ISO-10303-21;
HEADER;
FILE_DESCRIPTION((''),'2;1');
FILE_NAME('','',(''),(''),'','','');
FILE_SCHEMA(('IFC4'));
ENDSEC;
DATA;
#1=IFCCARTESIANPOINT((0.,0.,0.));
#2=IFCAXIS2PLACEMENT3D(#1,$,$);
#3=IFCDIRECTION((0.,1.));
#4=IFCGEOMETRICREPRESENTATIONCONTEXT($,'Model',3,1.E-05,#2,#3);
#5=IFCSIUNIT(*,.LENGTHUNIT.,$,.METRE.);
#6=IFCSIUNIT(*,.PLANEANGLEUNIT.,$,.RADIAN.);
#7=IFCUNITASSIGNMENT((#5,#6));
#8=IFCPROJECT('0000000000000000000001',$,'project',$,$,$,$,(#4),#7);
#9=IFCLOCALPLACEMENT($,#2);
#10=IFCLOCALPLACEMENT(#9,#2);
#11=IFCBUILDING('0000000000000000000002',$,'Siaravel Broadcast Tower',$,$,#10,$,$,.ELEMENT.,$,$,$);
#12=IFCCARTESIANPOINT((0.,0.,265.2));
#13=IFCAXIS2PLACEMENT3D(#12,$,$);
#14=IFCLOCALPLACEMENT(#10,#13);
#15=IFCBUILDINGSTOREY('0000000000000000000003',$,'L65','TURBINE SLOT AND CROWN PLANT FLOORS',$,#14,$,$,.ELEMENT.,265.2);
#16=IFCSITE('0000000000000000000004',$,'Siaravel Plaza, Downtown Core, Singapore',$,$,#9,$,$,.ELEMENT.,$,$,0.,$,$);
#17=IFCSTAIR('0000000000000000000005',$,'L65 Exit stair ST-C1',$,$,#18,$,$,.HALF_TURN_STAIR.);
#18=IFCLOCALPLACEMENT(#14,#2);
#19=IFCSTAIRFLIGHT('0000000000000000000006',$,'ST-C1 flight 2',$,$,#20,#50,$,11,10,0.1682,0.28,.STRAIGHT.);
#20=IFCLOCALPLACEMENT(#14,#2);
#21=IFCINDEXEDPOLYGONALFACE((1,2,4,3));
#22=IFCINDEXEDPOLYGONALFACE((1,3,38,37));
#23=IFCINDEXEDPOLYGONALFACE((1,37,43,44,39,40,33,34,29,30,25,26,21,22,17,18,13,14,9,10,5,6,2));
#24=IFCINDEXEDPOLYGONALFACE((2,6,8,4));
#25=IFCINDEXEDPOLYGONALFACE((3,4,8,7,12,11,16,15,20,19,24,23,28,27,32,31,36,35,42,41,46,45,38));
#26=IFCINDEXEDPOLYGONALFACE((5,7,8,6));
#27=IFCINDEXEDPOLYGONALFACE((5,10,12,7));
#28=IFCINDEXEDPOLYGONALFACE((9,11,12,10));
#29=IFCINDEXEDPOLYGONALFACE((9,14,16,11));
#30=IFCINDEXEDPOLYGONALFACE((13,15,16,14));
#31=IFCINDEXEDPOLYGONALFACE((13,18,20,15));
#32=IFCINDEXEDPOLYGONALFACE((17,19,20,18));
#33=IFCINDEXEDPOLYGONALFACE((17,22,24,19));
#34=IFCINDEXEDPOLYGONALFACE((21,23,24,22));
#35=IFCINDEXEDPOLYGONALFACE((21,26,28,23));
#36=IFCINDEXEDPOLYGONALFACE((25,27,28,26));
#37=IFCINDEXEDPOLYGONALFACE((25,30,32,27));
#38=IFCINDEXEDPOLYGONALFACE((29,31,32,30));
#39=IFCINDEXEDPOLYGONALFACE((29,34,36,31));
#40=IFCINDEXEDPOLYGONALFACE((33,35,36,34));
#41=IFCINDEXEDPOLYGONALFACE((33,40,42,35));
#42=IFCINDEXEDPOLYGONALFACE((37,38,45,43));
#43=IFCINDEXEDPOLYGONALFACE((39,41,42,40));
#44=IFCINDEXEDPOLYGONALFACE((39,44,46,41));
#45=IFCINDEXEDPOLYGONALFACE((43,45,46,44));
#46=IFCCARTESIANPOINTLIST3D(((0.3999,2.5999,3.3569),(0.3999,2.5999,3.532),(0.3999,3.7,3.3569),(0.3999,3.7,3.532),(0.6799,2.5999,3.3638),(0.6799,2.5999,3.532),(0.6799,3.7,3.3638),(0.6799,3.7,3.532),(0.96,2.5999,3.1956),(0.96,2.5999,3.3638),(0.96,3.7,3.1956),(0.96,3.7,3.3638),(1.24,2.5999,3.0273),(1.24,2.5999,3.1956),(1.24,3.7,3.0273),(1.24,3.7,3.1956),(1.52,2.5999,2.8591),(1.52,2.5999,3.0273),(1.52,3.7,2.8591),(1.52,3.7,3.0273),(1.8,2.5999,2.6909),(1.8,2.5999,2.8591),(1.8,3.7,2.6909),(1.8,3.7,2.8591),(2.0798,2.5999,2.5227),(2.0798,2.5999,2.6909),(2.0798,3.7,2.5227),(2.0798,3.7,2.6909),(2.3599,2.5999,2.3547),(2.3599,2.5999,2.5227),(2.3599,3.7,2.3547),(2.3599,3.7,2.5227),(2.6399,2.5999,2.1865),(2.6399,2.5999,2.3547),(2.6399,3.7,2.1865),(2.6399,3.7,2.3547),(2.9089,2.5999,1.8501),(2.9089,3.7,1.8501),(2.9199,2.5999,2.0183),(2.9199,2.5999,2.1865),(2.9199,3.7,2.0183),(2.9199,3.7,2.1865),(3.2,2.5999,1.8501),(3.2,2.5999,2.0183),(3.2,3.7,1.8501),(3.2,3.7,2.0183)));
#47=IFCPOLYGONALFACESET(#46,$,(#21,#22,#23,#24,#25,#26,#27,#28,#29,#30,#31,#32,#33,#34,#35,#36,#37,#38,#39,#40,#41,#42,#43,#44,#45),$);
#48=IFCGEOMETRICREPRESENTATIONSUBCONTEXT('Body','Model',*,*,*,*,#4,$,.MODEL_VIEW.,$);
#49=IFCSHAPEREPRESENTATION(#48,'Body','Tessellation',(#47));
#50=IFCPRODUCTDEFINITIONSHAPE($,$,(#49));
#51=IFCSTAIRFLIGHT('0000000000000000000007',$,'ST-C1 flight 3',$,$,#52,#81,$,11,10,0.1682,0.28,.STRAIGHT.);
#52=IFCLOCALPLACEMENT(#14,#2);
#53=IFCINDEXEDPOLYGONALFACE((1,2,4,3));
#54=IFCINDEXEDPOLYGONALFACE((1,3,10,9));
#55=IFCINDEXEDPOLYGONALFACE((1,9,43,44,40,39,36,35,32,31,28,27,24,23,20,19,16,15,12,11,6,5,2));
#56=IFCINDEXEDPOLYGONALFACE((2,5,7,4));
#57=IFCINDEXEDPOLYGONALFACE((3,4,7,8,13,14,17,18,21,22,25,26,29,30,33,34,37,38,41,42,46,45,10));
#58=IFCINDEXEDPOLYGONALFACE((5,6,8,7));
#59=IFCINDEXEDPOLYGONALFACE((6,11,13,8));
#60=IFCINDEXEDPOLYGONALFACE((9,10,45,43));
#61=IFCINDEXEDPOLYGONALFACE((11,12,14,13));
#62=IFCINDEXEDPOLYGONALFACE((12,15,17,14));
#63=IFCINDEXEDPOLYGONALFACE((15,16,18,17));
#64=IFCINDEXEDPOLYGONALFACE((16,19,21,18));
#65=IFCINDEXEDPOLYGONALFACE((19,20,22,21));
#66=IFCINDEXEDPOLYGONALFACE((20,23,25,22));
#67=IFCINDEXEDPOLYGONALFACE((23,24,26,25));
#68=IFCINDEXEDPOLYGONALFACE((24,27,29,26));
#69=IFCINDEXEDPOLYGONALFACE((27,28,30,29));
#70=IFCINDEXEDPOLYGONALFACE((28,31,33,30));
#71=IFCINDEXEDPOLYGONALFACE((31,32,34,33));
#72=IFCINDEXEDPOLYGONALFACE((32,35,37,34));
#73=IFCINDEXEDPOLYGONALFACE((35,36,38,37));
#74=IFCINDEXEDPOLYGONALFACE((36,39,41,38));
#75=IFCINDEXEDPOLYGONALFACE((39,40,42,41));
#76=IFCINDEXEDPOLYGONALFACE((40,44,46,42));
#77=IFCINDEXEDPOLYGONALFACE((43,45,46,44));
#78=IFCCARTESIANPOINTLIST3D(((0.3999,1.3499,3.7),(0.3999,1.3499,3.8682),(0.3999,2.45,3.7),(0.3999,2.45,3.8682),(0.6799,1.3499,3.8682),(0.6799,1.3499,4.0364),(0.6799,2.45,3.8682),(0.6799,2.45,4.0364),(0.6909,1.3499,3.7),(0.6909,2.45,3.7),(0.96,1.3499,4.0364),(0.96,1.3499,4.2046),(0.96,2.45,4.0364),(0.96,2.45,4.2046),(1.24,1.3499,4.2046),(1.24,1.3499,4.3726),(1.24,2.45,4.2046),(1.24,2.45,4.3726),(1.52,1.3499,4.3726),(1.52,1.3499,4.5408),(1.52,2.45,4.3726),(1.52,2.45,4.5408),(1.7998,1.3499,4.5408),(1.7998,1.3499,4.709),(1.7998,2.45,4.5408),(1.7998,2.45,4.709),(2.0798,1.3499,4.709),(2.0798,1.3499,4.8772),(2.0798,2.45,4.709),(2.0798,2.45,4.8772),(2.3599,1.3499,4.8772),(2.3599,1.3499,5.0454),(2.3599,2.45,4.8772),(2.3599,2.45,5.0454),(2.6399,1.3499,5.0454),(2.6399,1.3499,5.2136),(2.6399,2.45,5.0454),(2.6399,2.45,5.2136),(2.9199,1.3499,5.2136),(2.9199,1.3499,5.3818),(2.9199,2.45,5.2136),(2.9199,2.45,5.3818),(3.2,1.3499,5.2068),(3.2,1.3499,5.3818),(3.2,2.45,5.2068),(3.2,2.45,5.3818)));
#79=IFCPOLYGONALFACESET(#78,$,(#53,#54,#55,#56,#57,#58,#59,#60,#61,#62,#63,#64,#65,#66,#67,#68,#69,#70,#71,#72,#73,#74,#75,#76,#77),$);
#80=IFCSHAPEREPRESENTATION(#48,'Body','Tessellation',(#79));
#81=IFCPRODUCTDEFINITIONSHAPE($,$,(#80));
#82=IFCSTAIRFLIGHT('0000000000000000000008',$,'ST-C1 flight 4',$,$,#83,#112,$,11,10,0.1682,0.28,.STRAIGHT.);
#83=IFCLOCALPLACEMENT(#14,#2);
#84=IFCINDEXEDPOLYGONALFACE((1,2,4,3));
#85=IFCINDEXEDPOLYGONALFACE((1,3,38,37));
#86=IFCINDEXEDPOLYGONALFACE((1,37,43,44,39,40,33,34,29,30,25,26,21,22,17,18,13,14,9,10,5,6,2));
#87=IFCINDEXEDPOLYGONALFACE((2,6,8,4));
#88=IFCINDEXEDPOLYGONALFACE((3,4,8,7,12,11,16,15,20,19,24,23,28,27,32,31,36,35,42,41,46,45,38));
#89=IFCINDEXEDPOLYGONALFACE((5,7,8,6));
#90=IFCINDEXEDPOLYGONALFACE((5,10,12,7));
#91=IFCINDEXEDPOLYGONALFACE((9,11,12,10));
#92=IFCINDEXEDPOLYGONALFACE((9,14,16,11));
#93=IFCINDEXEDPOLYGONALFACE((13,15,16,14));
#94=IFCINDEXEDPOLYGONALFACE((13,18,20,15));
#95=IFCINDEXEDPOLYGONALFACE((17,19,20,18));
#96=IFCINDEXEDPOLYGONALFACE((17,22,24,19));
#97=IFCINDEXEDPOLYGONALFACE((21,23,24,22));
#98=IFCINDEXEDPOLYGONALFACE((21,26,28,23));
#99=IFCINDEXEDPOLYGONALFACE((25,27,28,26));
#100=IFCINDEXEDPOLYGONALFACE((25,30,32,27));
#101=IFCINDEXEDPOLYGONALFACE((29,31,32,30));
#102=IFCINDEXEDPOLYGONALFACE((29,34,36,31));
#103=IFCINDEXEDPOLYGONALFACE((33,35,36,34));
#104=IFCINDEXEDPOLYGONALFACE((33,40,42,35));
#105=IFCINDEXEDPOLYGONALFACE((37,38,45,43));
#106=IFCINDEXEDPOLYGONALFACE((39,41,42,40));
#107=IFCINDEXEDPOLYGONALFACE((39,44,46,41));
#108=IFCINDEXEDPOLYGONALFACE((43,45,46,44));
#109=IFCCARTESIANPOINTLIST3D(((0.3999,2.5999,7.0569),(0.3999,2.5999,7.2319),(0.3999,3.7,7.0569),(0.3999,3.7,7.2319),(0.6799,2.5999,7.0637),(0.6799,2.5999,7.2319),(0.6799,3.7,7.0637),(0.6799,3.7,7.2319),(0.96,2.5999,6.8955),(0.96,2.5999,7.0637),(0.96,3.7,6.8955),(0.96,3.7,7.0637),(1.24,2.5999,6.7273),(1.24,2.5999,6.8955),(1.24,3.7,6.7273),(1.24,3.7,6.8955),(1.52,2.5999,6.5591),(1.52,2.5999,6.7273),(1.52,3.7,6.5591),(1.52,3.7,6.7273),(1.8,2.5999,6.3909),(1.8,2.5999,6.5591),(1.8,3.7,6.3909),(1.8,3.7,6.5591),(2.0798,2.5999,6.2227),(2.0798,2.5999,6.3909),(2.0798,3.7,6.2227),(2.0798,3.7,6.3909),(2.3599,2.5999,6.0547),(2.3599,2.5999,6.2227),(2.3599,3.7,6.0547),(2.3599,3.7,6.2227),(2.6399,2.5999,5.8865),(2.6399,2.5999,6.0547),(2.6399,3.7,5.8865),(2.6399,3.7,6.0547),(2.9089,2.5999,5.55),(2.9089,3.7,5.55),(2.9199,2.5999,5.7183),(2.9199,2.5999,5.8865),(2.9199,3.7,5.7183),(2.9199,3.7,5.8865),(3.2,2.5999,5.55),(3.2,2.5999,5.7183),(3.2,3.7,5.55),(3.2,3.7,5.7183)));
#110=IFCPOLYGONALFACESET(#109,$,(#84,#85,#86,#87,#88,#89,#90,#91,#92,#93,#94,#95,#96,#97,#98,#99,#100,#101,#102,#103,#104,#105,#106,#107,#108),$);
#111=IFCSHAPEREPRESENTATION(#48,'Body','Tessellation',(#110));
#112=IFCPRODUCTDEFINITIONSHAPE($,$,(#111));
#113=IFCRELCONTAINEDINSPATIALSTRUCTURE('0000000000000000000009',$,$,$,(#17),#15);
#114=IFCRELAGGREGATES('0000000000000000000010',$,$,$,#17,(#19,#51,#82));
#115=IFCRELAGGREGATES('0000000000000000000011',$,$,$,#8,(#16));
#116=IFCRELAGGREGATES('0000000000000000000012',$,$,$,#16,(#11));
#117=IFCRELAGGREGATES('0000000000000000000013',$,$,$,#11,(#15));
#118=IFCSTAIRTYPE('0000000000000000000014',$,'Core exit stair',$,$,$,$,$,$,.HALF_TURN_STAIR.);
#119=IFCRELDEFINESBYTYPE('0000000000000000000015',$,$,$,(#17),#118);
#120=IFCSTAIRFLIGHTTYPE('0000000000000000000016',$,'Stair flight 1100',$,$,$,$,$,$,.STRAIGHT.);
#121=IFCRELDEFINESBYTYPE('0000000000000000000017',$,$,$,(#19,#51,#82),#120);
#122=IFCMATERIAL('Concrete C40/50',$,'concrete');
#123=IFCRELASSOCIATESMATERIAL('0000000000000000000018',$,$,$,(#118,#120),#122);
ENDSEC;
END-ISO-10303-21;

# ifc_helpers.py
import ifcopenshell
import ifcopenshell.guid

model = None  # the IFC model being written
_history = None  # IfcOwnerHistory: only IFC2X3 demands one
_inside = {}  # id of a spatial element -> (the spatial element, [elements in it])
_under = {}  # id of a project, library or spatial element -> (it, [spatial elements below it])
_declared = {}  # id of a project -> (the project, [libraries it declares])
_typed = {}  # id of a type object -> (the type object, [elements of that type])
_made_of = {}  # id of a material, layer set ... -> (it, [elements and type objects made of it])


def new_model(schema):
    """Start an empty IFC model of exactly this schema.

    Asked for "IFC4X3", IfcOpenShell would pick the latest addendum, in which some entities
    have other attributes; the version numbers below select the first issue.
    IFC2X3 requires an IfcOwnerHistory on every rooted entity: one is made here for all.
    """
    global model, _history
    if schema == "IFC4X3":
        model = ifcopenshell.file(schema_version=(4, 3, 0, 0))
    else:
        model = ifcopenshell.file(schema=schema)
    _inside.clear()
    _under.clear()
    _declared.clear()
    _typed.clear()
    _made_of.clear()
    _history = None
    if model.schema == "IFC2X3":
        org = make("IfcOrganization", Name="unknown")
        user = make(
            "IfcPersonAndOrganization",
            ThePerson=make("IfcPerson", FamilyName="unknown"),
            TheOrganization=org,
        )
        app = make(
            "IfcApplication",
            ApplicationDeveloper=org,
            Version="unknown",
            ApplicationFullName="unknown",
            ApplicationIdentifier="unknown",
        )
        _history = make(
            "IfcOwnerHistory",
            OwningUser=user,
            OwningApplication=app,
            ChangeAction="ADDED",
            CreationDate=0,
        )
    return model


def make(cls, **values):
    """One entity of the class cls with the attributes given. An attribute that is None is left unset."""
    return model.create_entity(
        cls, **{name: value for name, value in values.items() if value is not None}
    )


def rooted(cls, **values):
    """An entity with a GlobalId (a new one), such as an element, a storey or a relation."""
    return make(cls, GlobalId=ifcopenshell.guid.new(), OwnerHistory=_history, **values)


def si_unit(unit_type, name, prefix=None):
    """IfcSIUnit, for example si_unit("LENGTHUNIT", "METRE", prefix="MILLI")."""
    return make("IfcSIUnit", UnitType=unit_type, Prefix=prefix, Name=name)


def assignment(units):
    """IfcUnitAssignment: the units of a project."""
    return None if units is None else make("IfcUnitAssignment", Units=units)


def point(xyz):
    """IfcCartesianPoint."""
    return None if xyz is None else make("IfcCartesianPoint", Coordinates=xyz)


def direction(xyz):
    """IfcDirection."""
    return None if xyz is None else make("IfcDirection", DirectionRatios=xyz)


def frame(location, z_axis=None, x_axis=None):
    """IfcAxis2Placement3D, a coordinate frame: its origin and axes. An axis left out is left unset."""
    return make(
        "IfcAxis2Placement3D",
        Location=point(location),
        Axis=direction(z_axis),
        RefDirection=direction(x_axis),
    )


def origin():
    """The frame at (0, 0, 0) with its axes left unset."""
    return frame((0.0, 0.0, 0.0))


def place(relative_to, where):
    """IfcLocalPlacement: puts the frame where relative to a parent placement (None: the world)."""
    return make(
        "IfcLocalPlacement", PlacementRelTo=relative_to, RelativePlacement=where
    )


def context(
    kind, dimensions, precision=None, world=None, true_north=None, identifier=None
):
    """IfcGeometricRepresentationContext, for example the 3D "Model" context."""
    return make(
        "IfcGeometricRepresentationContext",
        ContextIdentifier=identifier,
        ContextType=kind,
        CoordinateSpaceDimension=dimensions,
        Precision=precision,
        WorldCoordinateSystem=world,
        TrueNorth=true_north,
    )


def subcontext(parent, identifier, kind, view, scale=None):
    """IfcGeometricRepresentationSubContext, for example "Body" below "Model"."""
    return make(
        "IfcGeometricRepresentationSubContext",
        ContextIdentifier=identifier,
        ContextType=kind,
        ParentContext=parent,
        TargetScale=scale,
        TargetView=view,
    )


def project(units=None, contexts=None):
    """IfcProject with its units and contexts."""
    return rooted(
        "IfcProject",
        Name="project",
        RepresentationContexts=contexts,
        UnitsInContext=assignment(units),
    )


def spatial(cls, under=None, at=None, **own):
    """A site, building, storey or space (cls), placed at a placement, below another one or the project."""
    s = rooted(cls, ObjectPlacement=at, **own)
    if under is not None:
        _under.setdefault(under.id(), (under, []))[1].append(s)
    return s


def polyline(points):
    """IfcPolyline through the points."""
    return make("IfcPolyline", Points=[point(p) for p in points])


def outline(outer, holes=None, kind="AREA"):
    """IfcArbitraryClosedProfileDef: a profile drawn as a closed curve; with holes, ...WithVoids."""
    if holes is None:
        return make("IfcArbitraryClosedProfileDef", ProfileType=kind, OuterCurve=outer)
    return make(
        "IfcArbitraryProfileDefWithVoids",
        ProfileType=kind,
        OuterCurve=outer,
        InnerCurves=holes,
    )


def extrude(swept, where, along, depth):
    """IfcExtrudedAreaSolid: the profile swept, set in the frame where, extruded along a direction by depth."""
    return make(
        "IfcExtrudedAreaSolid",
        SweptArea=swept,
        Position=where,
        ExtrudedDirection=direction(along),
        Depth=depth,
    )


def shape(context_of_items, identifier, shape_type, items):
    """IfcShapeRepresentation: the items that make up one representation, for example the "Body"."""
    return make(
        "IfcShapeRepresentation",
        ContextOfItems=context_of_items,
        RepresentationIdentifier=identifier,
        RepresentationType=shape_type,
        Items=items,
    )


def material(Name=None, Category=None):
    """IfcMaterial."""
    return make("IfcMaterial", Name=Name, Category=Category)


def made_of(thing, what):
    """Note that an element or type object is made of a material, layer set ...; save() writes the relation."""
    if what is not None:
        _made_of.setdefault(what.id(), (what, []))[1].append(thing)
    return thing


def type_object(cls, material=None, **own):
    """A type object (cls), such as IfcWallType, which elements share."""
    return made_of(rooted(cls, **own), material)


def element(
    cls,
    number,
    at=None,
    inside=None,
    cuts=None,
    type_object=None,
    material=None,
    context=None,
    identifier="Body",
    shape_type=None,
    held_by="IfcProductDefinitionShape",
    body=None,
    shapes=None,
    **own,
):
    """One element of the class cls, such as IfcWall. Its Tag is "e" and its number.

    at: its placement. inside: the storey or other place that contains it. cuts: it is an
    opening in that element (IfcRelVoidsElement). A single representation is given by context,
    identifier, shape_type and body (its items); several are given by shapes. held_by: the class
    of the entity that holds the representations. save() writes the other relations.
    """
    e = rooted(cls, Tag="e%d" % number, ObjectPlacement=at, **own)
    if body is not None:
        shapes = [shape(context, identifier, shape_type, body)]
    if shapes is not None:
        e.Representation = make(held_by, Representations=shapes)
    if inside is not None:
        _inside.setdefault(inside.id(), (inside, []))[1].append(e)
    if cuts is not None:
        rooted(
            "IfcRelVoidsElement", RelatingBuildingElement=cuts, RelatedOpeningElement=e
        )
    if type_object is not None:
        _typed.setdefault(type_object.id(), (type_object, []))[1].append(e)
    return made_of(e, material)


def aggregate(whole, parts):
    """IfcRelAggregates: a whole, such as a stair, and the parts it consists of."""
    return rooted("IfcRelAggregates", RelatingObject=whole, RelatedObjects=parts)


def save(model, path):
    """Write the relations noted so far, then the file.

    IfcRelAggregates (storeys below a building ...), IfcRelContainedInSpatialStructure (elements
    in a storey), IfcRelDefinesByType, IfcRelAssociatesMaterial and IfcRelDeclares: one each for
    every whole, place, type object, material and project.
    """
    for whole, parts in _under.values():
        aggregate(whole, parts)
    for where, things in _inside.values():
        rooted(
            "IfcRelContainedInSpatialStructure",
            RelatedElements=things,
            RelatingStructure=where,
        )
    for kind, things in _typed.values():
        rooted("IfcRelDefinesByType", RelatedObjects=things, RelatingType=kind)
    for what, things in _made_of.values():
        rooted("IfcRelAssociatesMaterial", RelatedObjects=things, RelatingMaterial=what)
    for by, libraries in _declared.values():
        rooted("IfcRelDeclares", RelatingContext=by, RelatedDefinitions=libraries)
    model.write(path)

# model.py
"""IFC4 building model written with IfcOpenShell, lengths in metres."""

from ifc_helpers import new_model, si_unit, direction, frame, origin, place, context, subcontext, project, spatial, polyline, outline, extrude, material, type_object, element, aggregate, save


model = new_model("IFC4")

# Units and contexts
model_context = context("Model", 3, precision=1e-05, world=origin(), true_north=direction((0.0, 1.0)))
body_context = subcontext(model_context, "Body", "Model", "MODEL_VIEW")
ifc_project = project(units=[si_unit("LENGTHUNIT", "METRE"), si_unit("PLANEANGLEUNIT", "RADIAN")], contexts=[model_context])

# Site, building, storey
site_placement = place(None, origin())
site = spatial("IfcSite", under=ifc_project, at=site_placement, Name="Siaravel Plaza, Downtown Core, Singapore", CompositionType="ELEMENT", RefElevation=0.0)
building_placement = place(site_placement, origin())
building = spatial("IfcBuilding", under=site, at=building_placement, Name="Siaravel Broadcast Tower", CompositionType="ELEMENT")
storey_placement = place(building_placement, frame((0.0, 0.0, 265.2)))
storey = spatial("IfcBuildingStorey", under=building, at=storey_placement, Name="L65", Description="TURBINE SLOT AND CROWN PLANT FLOORS", CompositionType="ELEMENT", Elevation=265.2)

# Stair, stair flights
ifc_material_1 = material(Name="Concrete C40/50", Category="concrete")
stair_type = type_object("IfcStairType", Name="Core exit stair", PredefinedType="HALF_TURN_STAIR", material=ifc_material_1)
stair_placement = place(storey_placement, origin())
stair = element("IfcStair", 1, at=stair_placement, inside=storey, type_object=stair_type, Name="L65 Exit stair ST-C1", PredefinedType="HALF_TURN_STAIR")
stair_flight_type = type_object("IfcStairFlightType", Name="Stair flight 1100", PredefinedType="STRAIGHT", material=ifc_material_1)
stair_flight_1_placement = place(storey_placement, frame((3.2, 3.1499, 1.8501), z_axis=(0.0, 0.0, 1.0), x_axis=(-1.0, 0.0, 0.0)))
stair_flight_1 = element("IfcStairFlight", 2, at=stair_flight_1_placement, type_object=stair_flight_type, Name="ST-C1 flight 2", NumberOfRisers=11, NumberOfTreads=10, PredefinedType="STRAIGHT", RiserHeight=0.1682, TreadLength=0.28, context=body_context, shape_type="SweptSolid", body=[
    extrude(outline(polyline([(0.0, 0.0), (0.0, 0.1682), (0.28, 0.1682), (0.28, 0.3364), (0.5601, 0.3364), (0.5601, 0.5046), (0.8401, 0.5046), (0.8401, 0.6726), (1.1201, 0.6726), (1.1201, 0.8408), (1.3999, 0.8408), (1.3999, 1.009), (1.6799, 1.009), (1.6799, 1.1772), (1.96, 1.1772), (1.96, 1.3455), (2.24, 1.3455), (2.24, 1.5137), (2.52, 1.5137), (2.52, 1.6819), (2.8, 1.6819), (2.8, 1.8501), (2.8, 1.5068), (0.291, 0.0), (0.0, 0.0)])), frame((0.0, 0.55, 0.0), z_axis=(0.0, -1.0, 0.0), x_axis=(1.0, 0.0, 0.0)), (0.0, 0.0, 1.0), 1.1001),
])
stair_flight_2_placement = place(storey_placement, frame((0.3999, 1.8999, 3.7), z_axis=(0.0, 0.0, 1.0), x_axis=(1.0, 0.0, 0.0)))
stair_flight_2 = element("IfcStairFlight", 3, at=stair_flight_2_placement, type_object=stair_flight_type, Name="ST-C1 flight 3", NumberOfRisers=11, NumberOfTreads=10, PredefinedType="STRAIGHT", RiserHeight=0.1682, TreadLength=0.28, context=body_context, shape_type="SweptSolid", body=[
    extrude(outline(polyline([(0.0, 0.0), (0.0, 0.1682), (0.28, 0.1682), (0.28, 0.3364), (0.5601, 0.3364), (0.5601, 0.5046), (0.8401, 0.5046), (0.8401, 0.6726), (1.1201, 0.6726), (1.1201, 0.8408), (1.3999, 0.8408), (1.3999, 1.009), (1.6799, 1.009), (1.6799, 1.1772), (1.96, 1.1772), (1.96, 1.3455), (2.24, 1.3455), (2.24, 1.5137), (2.52, 1.5137), (2.52, 1.6819), (2.8, 1.6819), (2.8, 1.8501), (2.8, 1.5068), (0.291, 0.0), (0.0, 0.0)])), frame((0.0, 0.55, 0.0), z_axis=(0.0, -1.0, 0.0), x_axis=(1.0, 0.0, 0.0)), (0.0, 0.0, 1.0), 1.1001),
])
stair_flight_3_placement = place(storey_placement, frame((3.2, 3.1499, 5.55), z_axis=(0.0, 0.0, 1.0), x_axis=(-1.0, 0.0, 0.0)))
stair_flight_3 = element("IfcStairFlight", 4, at=stair_flight_3_placement, type_object=stair_flight_type, Name="ST-C1 flight 4", NumberOfRisers=11, NumberOfTreads=10, PredefinedType="STRAIGHT", RiserHeight=0.1682, TreadLength=0.28, context=body_context, shape_type="SweptSolid", body=[
    extrude(outline(polyline([(0.0, 0.0), (0.0, 0.1682), (0.28, 0.1682), (0.28, 0.3364), (0.5601, 0.3364), (0.5601, 0.5046), (0.8401, 0.5046), (0.8401, 0.6726), (1.1201, 0.6726), (1.1201, 0.8408), (1.3999, 0.8408), (1.3999, 1.009), (1.6799, 1.009), (1.6799, 1.1772), (1.96, 1.1772), (1.96, 1.3455), (2.24, 1.3455), (2.24, 1.5137), (2.52, 1.5137), (2.52, 1.6819), (2.8, 1.6819), (2.8, 1.8501), (2.8, 1.5068), (0.291, 0.0), (0.0, 0.0)])), frame((0.0, 0.55, 0.0), z_axis=(0.0, -1.0, 0.0), x_axis=(1.0, 0.0, 0.0)), (0.0, 0.0, 1.0), 1.1001),
])
aggregate(stair, [stair_flight_1, stair_flight_2, stair_flight_3])

save(model, "model.ifc")
